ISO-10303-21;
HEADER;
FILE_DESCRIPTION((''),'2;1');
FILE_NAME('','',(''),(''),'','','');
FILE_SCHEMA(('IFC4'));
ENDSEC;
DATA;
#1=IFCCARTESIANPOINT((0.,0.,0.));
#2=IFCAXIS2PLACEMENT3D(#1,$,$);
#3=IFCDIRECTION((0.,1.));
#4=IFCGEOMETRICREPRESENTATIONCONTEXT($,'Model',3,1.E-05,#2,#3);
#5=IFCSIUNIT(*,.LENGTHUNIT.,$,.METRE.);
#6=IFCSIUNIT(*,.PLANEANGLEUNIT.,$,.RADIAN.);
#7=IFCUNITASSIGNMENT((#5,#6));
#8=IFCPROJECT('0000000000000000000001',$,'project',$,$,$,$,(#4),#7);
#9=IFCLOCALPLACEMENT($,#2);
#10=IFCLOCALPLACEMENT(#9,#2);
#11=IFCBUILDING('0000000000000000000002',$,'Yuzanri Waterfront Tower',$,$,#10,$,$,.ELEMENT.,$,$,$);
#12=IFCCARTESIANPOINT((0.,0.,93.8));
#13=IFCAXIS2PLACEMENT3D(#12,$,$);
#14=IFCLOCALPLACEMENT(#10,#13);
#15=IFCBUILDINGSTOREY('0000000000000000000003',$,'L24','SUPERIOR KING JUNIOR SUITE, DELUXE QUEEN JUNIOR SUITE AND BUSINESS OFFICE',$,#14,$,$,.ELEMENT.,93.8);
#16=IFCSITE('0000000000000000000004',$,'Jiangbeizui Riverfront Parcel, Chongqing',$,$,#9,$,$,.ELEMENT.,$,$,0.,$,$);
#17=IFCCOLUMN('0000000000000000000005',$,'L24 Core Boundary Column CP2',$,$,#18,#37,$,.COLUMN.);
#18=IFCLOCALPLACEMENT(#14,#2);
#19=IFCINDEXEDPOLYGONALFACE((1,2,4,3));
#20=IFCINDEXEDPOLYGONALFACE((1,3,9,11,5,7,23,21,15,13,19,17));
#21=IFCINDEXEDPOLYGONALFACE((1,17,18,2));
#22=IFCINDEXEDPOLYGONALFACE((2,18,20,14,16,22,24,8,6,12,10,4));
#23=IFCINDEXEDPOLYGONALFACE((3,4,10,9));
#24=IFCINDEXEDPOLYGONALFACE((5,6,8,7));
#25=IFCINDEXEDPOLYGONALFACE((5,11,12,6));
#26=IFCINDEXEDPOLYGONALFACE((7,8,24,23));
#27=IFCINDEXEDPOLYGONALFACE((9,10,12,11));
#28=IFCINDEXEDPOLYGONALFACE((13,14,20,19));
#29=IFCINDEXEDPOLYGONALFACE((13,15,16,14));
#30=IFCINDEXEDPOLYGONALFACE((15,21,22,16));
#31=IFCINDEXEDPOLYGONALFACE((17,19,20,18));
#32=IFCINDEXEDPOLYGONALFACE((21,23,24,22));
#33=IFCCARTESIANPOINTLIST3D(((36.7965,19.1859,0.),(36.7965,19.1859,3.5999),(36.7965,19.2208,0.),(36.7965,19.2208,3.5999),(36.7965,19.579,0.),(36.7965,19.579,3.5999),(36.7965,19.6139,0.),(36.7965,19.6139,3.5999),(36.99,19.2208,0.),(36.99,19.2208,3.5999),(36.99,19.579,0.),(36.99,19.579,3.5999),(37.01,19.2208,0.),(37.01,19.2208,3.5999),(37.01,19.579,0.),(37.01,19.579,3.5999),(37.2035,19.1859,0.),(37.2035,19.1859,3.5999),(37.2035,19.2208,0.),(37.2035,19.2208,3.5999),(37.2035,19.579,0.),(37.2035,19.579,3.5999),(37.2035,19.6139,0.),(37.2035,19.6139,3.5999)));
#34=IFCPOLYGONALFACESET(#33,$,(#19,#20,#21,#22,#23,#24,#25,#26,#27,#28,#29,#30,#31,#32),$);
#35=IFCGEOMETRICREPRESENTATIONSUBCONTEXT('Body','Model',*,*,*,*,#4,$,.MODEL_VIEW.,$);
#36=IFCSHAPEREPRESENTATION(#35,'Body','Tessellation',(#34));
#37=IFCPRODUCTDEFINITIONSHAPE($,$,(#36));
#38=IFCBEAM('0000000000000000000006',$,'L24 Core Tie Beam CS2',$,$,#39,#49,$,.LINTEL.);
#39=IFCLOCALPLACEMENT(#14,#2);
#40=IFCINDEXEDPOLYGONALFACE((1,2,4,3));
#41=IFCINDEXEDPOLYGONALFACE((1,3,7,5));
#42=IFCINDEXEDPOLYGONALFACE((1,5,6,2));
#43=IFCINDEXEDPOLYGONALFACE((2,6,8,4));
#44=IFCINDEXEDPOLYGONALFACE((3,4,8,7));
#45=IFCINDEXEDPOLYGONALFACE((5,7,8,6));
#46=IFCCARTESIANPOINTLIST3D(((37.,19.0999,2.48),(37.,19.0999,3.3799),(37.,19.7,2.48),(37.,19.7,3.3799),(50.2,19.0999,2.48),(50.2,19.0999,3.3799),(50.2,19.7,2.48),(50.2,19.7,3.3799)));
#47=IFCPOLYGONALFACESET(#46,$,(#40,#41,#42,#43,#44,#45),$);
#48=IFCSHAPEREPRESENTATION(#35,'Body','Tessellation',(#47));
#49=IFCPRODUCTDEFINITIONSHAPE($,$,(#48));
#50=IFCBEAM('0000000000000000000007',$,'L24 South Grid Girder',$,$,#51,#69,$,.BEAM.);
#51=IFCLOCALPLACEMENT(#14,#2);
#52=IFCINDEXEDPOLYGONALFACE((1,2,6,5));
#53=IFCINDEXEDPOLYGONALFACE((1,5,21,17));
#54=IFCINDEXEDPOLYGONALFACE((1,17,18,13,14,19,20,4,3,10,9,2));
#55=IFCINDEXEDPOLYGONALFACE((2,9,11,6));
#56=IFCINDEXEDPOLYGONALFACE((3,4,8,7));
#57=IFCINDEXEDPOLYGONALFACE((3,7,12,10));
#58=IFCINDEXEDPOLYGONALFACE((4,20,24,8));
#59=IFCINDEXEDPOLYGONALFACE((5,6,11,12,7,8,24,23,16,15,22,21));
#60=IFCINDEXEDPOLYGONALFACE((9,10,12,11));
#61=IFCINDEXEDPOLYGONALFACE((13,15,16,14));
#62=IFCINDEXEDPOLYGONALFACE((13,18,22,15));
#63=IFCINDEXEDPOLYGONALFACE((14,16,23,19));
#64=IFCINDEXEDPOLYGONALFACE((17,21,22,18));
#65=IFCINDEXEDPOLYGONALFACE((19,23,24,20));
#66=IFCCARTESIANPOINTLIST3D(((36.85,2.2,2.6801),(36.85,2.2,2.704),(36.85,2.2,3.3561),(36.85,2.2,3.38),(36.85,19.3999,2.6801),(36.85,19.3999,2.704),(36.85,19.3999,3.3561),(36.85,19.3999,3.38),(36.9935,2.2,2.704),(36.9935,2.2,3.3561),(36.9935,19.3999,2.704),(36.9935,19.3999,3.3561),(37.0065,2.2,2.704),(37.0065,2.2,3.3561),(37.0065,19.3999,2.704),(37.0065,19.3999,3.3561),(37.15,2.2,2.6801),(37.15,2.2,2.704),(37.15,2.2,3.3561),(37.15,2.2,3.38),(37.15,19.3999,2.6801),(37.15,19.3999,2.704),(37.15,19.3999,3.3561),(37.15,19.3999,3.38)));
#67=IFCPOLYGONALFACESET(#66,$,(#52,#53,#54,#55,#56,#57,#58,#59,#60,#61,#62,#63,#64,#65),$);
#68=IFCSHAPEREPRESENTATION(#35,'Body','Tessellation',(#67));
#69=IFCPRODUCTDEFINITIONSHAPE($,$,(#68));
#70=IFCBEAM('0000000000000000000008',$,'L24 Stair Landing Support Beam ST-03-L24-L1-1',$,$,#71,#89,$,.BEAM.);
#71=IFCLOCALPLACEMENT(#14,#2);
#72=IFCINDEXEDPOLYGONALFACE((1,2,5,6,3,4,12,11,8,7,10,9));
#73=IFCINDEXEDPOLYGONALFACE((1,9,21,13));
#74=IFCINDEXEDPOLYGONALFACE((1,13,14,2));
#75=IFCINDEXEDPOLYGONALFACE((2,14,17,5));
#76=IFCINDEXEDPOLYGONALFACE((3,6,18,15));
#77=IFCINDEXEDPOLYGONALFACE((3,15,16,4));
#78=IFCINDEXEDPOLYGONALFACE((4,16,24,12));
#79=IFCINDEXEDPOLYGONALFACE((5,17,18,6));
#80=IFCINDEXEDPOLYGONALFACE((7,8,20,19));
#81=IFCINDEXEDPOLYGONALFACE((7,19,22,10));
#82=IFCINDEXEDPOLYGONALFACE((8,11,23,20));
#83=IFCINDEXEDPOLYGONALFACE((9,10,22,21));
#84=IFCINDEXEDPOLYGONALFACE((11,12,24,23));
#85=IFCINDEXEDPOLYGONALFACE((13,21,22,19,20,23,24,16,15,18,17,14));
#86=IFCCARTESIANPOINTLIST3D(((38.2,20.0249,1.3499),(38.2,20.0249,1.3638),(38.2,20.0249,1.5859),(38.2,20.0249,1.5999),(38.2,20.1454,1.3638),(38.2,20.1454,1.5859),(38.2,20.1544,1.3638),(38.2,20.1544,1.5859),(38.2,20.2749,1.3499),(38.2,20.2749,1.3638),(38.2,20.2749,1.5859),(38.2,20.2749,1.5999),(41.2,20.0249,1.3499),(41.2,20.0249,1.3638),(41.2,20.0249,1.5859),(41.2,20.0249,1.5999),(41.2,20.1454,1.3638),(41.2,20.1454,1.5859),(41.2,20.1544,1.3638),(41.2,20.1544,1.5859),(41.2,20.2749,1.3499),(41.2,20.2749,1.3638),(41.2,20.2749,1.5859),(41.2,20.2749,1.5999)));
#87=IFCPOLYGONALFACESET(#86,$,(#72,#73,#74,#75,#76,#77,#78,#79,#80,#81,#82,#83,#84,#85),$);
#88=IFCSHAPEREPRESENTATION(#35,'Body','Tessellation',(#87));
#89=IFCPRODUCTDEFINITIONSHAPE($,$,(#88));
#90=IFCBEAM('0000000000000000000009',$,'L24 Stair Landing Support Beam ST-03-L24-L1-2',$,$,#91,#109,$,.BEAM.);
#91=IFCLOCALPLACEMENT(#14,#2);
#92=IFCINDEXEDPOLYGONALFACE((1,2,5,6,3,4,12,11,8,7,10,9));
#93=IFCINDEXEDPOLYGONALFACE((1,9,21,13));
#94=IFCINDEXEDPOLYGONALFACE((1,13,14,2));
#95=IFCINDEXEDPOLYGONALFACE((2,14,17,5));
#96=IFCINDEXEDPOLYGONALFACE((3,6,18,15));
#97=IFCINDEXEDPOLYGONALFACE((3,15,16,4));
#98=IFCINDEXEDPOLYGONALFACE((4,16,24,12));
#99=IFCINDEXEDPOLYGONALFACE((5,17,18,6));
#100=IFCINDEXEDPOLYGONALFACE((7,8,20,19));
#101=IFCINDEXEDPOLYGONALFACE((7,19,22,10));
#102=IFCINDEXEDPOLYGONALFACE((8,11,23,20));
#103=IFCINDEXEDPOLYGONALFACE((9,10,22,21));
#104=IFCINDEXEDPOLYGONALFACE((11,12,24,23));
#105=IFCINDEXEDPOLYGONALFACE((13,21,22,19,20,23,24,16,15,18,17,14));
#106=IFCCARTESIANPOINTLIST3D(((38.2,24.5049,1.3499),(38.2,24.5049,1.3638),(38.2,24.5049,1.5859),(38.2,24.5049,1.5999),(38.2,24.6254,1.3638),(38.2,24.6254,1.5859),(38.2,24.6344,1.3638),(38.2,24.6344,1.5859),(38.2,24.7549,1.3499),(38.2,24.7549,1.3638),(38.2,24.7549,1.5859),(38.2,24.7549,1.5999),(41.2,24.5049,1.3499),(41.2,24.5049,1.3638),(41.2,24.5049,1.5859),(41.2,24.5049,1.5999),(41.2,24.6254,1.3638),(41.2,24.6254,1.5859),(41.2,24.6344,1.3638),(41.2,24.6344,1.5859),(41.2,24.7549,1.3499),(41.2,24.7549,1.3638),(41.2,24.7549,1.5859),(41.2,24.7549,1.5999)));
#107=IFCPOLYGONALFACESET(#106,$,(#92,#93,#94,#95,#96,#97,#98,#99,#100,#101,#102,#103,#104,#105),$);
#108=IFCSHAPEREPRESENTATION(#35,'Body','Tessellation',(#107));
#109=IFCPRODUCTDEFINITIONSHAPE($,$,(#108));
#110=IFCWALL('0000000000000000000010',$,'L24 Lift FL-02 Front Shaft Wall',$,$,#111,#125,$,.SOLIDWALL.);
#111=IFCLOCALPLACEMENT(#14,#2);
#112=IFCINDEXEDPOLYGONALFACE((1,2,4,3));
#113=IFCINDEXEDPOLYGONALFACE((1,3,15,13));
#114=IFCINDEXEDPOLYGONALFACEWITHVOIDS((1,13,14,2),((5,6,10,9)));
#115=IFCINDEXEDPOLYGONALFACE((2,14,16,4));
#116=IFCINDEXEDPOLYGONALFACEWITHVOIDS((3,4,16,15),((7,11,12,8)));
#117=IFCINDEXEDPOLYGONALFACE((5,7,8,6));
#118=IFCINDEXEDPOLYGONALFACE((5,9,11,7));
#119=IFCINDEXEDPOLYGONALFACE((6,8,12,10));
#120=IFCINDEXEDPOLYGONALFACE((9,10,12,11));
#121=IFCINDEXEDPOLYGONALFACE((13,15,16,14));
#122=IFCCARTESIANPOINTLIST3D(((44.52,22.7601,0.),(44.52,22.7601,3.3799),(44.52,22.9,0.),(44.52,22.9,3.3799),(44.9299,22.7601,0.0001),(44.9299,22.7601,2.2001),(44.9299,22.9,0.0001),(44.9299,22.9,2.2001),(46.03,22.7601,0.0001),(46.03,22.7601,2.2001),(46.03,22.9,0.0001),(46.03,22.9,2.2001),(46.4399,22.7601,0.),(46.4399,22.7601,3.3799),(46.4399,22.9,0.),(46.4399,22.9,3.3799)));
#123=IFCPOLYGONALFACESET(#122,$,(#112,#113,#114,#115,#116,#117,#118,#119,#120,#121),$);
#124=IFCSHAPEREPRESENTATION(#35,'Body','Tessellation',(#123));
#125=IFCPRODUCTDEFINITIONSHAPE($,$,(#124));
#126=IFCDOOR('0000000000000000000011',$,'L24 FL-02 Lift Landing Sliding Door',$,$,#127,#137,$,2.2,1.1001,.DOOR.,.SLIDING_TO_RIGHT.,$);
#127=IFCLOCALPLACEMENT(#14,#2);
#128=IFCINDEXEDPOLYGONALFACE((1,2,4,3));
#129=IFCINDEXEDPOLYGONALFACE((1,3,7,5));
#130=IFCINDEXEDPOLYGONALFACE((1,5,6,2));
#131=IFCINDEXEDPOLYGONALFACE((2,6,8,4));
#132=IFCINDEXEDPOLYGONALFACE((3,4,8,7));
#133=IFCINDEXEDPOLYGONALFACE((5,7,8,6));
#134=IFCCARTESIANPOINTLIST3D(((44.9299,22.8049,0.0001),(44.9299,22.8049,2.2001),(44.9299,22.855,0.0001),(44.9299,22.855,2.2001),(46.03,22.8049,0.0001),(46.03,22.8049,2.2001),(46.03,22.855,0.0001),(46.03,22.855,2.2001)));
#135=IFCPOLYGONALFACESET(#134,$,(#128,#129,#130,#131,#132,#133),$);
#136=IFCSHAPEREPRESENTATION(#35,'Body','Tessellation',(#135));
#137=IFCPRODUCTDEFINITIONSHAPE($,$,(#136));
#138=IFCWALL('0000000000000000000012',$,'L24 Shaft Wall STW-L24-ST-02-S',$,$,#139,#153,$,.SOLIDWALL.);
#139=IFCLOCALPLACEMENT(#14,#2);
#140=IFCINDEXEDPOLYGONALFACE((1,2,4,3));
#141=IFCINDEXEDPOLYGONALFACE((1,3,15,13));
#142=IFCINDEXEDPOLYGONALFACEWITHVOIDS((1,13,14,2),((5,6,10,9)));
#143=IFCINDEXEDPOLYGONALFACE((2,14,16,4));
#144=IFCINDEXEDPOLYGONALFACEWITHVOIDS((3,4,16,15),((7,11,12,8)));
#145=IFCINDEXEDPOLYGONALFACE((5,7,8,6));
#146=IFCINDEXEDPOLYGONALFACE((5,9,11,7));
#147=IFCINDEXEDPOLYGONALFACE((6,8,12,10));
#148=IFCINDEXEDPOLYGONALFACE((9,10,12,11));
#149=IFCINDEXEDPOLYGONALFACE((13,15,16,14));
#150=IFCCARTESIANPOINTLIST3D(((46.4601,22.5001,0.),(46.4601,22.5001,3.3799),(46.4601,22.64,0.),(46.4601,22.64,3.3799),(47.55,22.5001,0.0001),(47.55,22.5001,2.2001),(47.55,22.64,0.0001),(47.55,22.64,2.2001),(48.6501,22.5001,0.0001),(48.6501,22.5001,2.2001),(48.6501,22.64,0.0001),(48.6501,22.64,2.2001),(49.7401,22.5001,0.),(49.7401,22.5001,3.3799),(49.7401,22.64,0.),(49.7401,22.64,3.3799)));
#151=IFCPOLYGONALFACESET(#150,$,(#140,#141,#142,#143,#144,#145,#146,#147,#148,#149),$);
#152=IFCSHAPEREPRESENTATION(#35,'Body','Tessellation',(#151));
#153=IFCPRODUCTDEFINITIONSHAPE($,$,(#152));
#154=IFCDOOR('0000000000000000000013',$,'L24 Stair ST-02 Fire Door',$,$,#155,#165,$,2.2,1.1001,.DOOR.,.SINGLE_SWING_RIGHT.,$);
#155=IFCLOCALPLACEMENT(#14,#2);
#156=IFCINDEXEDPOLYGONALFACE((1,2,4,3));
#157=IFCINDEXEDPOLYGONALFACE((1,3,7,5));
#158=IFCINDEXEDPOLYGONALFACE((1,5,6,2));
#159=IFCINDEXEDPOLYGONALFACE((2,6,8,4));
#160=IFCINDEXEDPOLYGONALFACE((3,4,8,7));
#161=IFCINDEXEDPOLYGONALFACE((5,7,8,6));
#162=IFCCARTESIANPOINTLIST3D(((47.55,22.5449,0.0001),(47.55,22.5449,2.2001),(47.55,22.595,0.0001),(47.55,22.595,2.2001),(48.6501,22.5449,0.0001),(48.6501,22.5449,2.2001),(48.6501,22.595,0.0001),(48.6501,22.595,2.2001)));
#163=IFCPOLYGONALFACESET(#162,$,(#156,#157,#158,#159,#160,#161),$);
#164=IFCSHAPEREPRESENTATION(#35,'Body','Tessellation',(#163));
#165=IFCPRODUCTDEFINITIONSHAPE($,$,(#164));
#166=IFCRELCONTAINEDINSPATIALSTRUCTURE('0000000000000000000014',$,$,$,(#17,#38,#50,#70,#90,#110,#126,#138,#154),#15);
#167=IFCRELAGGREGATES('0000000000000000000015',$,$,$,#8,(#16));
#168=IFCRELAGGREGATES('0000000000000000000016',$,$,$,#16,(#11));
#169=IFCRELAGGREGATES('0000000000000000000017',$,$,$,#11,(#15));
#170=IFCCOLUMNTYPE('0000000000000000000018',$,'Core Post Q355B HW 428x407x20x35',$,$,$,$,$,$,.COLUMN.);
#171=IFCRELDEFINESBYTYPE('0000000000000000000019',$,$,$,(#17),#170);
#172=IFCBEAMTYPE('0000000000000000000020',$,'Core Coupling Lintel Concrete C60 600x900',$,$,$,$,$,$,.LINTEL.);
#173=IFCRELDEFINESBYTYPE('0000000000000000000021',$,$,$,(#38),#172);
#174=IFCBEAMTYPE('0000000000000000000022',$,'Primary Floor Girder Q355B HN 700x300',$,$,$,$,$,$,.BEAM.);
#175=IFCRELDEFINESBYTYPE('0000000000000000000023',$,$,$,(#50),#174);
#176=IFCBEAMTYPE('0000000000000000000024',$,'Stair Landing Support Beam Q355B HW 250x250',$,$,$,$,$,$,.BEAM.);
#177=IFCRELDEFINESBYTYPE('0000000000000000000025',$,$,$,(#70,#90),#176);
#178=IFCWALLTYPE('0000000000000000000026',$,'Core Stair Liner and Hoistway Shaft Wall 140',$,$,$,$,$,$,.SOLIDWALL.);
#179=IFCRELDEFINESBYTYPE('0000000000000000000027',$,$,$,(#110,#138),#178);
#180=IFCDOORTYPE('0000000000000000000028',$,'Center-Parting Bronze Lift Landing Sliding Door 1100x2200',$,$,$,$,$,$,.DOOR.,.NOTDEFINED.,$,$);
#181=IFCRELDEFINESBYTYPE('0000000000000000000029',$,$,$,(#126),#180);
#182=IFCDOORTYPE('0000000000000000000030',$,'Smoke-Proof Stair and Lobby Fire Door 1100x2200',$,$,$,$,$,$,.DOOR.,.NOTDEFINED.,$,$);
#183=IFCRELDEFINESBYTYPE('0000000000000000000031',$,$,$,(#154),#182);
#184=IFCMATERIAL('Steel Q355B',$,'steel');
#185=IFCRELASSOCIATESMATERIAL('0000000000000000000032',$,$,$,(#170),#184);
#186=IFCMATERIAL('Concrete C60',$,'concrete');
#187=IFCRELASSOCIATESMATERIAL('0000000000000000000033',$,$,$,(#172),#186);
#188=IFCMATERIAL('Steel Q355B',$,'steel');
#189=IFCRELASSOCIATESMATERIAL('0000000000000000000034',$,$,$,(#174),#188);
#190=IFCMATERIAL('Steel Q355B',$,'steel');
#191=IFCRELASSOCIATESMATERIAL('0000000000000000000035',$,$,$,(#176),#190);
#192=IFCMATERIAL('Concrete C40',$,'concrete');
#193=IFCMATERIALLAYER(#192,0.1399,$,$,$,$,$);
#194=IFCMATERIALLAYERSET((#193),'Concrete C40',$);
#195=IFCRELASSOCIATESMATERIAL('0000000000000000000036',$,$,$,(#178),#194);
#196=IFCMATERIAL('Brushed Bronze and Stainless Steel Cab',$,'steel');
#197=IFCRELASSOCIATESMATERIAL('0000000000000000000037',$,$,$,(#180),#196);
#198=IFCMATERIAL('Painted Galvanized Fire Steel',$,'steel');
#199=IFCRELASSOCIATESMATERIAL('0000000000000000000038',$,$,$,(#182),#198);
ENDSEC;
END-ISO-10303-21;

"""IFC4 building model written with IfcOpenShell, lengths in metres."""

from ifc_helpers import new_model, si_unit, direction, frame, frame_2d, origin, origin_2d, place, context, subcontext, project, spatial, rectangle, i_section, extrude, source, transform, mapped, material, layer, layer_set, material_profile, profile_set, type_object, element, fill, save


model = new_model("IFC4")

# Units and contexts
model_context = context("Model", 3, precision=1e-05, world=origin(), true_north=direction((0.0, 1.0)))
body_context = subcontext(model_context, "Body", "Model", "MODEL_VIEW")
ifc_project = project(units=[si_unit("LENGTHUNIT", "METRE"), si_unit("PLANEANGLEUNIT", "RADIAN")], contexts=[model_context])

# Site, building, storey
site_placement = place(None, origin())
site = spatial("IfcSite", under=ifc_project, at=site_placement, Name="Jiangbeizui Riverfront Parcel, Chongqing", CompositionType="ELEMENT", RefElevation=0.0)
building_placement = place(site_placement, origin())
building = spatial("IfcBuilding", under=site, at=building_placement, Name="Yuzanri Waterfront Tower", CompositionType="ELEMENT")
storey_placement = place(building_placement, frame((0.0, 0.0, 93.8)))
storey = spatial("IfcBuildingStorey", under=building, at=storey_placement, Name="L24", Description="SUPERIOR KING JUNIOR SUITE, DELUXE QUEEN JUNIOR SUITE AND BUSINESS OFFICE", CompositionType="ELEMENT", Elevation=93.8)

# Column
ifc_material_1 = material(Name="Steel Q355B", Category="steel")
ifc_material_profile_1 = material_profile(ifc_material_1, i_section(OverallWidth=0.407, OverallDepth=0.428, WebThickness=0.02, FlangeThickness=0.0349, at=origin_2d()), Name="HW 428x407x20x35")
ifc_profile_set_1 = profile_set([ifc_material_profile_1], Name="Steel Q355B")
column_type = type_object("IfcColumnType", Name="Core Post Q355B HW 428x407x20x35", PredefinedType="COLUMN", material=ifc_profile_set_1)
shared_shape_1 = source(origin(), body_context, "Body", "SweptSolid", [
    extrude(i_section(OverallWidth=0.407, OverallDepth=0.428, WebThickness=0.02, FlangeThickness=0.0349, at=origin_2d()), origin(), (0.0, 0.0, 1.0), 3.5999),
])
column_placement = place(storey_placement, frame((37.0, 19.3999, 0.0), z_axis=(0.0, 0.0, 1.0), x_axis=(1.0, 0.0, 0.0)))
element("IfcColumn", 1, at=column_placement, inside=storey, type_object=column_type, Name="L24 Core Boundary Column CP2", PredefinedType="COLUMN", context=body_context, shape_type="MappedRepresentation", body=[
    mapped(shared_shape_1, transform((0.0, 0.0, 0.0), scale=1.0)),
])

# Beams
ifc_material_2 = material(Name="Concrete C60", Category="concrete")
ifc_material_profile_2 = material_profile(ifc_material_2, rectangle(XDim=0.6001, YDim=0.8999, at=origin_2d()), Name="RC 600x900")
ifc_profile_set_2 = profile_set([ifc_material_profile_2], Name="Concrete C60")
beam_type_1 = type_object("IfcBeamType", Name="Core Coupling Lintel Concrete C60 600x900", PredefinedType="LINTEL", material=ifc_profile_set_2)
shared_shape_2 = source(origin(), body_context, "Body", "SweptSolid", [
    extrude(rectangle(XDim=0.6001, YDim=0.8999, at=origin_2d()), origin(), (0.0, 0.0, 1.0), 13.2),
])
beam_1_placement = place(storey_placement, frame((37.0, 19.3999, 2.9299), z_axis=(1.0, 0.0, 0.0), x_axis=(0.0, 1.0, 0.0)))
element("IfcBeam", 2, at=beam_1_placement, inside=storey, type_object=beam_type_1, Name="L24 Core Tie Beam CS2", PredefinedType="LINTEL", context=body_context, shape_type="MappedRepresentation", body=[
    mapped(shared_shape_2, transform((0.0, 0.0, 0.0), scale=1.0)),
])
ifc_material_3 = material(Name="Steel Q355B", Category="steel")
ifc_material_profile_3 = material_profile(ifc_material_3, i_section(OverallWidth=0.3, OverallDepth=0.7, WebThickness=0.0129, FlangeThickness=0.0239, at=origin_2d()), Name="HN 700x300x13x24")
ifc_profile_set_3 = profile_set([ifc_material_profile_3], Name="Steel Q355B")
beam_type_2 = type_object("IfcBeamType", Name="Primary Floor Girder Q355B HN 700x300", PredefinedType="BEAM", material=ifc_profile_set_3)
shared_shape_3 = source(origin(), body_context, "Body", "SweptSolid", [
    extrude(i_section(OverallWidth=0.3, OverallDepth=0.7, WebThickness=0.0129, FlangeThickness=0.0239, at=origin_2d()), origin(), (0.0, 0.0, 1.0), 17.2),
])
beam_2_placement = place(storey_placement, frame((37.0, 19.3999, 3.03), z_axis=(0.0, -1.0, 0.0), x_axis=(1.0, 0.0, 0.0)))
element("IfcBeam", 3, at=beam_2_placement, inside=storey, type_object=beam_type_2, Name="L24 South Grid Girder", PredefinedType="BEAM", context=body_context, shape_type="MappedRepresentation", body=[
    mapped(shared_shape_3, transform((0.0, 0.0, 0.0), scale=1.0)),
])
ifc_material_4 = material(Name="Steel Q355B", Category="steel")
ifc_material_profile_4 = material_profile(ifc_material_4, i_section(OverallWidth=0.25, OverallDepth=0.25, WebThickness=0.009, FlangeThickness=0.0139, at=origin_2d()), Name="HW 250x250x9x14")
ifc_profile_set_4 = profile_set([ifc_material_profile_4], Name="Steel Q355B")
beam_type_3 = type_object("IfcBeamType", Name="Stair Landing Support Beam Q355B HW 250x250", PredefinedType="BEAM", material=ifc_profile_set_4)
shared_shape_4 = source(origin(), body_context, "Body", "SweptSolid", [
    extrude(i_section(OverallWidth=0.25, OverallDepth=0.25, WebThickness=0.009, FlangeThickness=0.0139, at=origin_2d()), origin(), (0.0, 0.0, 1.0), 3.0),
])
for number, where, z_axis, x_axis, name in (
    (4, (38.2, 20.1499, 1.4749), (1.0, 0.0, 0.0), (0.0, 1.0, 0.0), "L24 Stair Landing Support Beam ST-03-L24-L1-1"),
    (5, (38.2, 24.6299, 1.4749), (1.0, 0.0, 0.0), (0.0, 1.0, 0.0), "L24 Stair Landing Support Beam ST-03-L24-L1-2"),
):
    element("IfcBeam", number, at=place(storey_placement, frame(where, z_axis=z_axis, x_axis=x_axis)), inside=storey, type_object=beam_type_3, Name=name, PredefinedType="BEAM", context=body_context, shape_type="MappedRepresentation", body=[
        mapped(shared_shape_4, transform((0.0, 0.0, 0.0), scale=1.0)),
    ])

# Walls, openings, doors
ifc_material_5 = material(Name="Concrete C40", Category="concrete")
ifc_layer_1 = layer(ifc_material_5, 0.1399)
ifc_layer_set_1 = layer_set([ifc_layer_1], Name="Concrete C40")
wall_type_1 = type_object("IfcWallType", Name="Core Stair Liner and Hoistway Shaft Wall 140", PredefinedType="SOLIDWALL", material=ifc_layer_set_1)
wall_1_placement = place(storey_placement, frame((44.52, 22.8301, 0.0), z_axis=(0.0, 0.0, 1.0), x_axis=(1.0, 0.0, 0.0)))
wall_1 = element("IfcWall", 6, at=wall_1_placement, inside=storey, type_object=wall_type_1, Name="L24 Lift FL-02 Front Shaft Wall", PredefinedType="SOLIDWALL", context=body_context, shape_type="SweptSolid", body=[
    extrude(rectangle(XDim=1.9199, YDim=0.1399, at=frame_2d((0.96, 0.0))), origin(), (0.0, 0.0, 1.0), 3.3799),
])
opening_1_placement = place(wall_1_placement, frame((0.4099, 0.0, 0.0)))
opening_1 = element("IfcOpeningElement", 7, at=opening_1_placement, cuts=wall_1, PredefinedType="OPENING", context=body_context, shape_type="SweptSolid", body=[
    extrude(rectangle(XDim=1.1001, YDim=2.2, at=frame_2d((0.55, 1.1001))), frame((0.0, 0.085, 0.0), z_axis=(0.0, -1.0, 0.0), x_axis=(1.0, 0.0, 0.0)), (0.0, 0.0, 1.0), 0.1697),
])
ifc_material_6 = material(Name="Brushed Bronze and Stainless Steel Cab", Category="steel")
door_type_1 = type_object("IfcDoorType", Name="Center-Parting Bronze Lift Landing Sliding Door 1100x2200", OperationType="NOTDEFINED", PredefinedType="DOOR", material=ifc_material_6)
shared_shape_5 = source(origin(), body_context, "Body", "SweptSolid", [
    extrude(rectangle(XDim=1.1001, YDim=2.2, at=frame_2d((0.55, 1.1001))), frame((0.0, 0.0249, 0.0), z_axis=(0.0, -1.0, 0.0), x_axis=(1.0, 0.0, 0.0)), (0.0, 0.0, 1.0), 0.05),
])
door_1_placement = place(opening_1_placement, origin())
door_1 = element("IfcDoor", 8, at=door_1_placement, inside=storey, type_object=door_type_1, Name="L24 FL-02 Lift Landing Sliding Door", OperationType="SLIDING_TO_RIGHT", OverallHeight=2.2, OverallWidth=1.1001, PredefinedType="DOOR", context=body_context, shape_type="MappedRepresentation", body=[
    mapped(shared_shape_5, transform((0.0, 0.0, 0.0), scale=1.0)),
])
fill(opening_1, door_1)
wall_2_placement = place(storey_placement, frame((46.46, 22.5701, 0.0), z_axis=(0.0, 0.0, 1.0), x_axis=(1.0, 0.0, 0.0)))
wall_2 = element("IfcWall", 9, at=wall_2_placement, inside=storey, type_object=wall_type_1, Name="L24 Shaft Wall STW-L24-ST-02-S", PredefinedType="SOLIDWALL", context=body_context, shape_type="SweptSolid", body=[
    extrude(rectangle(XDim=3.28, YDim=0.1399, at=frame_2d((1.6401, 0.0))), origin(), (0.0, 0.0, 1.0), 3.3799),
])
opening_2_placement = place(wall_2_placement, frame((1.0901, 0.0, 0.0)))
opening_2 = element("IfcOpeningElement", 10, at=opening_2_placement, cuts=wall_2, PredefinedType="OPENING", context=body_context, shape_type="SweptSolid", body=[
    extrude(rectangle(XDim=1.1001, YDim=2.2, at=frame_2d((0.55, 1.1001))), frame((0.0, 0.085, 0.0), z_axis=(0.0, -1.0, 0.0), x_axis=(1.0, 0.0, 0.0)), (0.0, 0.0, 1.0), 0.1697),
])
ifc_material_7 = material(Name="Painted Galvanized Fire Steel", Category="steel")
door_type_2 = type_object("IfcDoorType", Name="Smoke-Proof Stair and Lobby Fire Door 1100x2200", OperationType="NOTDEFINED", PredefinedType="DOOR", material=ifc_material_7)
shared_shape_6 = source(origin(), body_context, "Body", "SweptSolid", [
    extrude(rectangle(XDim=1.1001, YDim=2.2, at=frame_2d((0.55, 1.1001))), frame((0.0, 0.0249, 0.0), z_axis=(0.0, -1.0, 0.0), x_axis=(1.0, 0.0, 0.0)), (0.0, 0.0, 1.0), 0.05),
])
door_2_placement = place(opening_2_placement, origin())
door_2 = element("IfcDoor", 11, at=door_2_placement, inside=storey, type_object=door_type_2, Name="L24 Stair ST-02 Fire Door", OperationType="SINGLE_SWING_RIGHT", OverallHeight=2.2, OverallWidth=1.1001, PredefinedType="DOOR", context=body_context, shape_type="MappedRepresentation", body=[
    mapped(shared_shape_6, transform((0.0, 0.0, 0.0), scale=1.0)),
])
fill(opening_2, door_2)

save(model, "model.ifc")
